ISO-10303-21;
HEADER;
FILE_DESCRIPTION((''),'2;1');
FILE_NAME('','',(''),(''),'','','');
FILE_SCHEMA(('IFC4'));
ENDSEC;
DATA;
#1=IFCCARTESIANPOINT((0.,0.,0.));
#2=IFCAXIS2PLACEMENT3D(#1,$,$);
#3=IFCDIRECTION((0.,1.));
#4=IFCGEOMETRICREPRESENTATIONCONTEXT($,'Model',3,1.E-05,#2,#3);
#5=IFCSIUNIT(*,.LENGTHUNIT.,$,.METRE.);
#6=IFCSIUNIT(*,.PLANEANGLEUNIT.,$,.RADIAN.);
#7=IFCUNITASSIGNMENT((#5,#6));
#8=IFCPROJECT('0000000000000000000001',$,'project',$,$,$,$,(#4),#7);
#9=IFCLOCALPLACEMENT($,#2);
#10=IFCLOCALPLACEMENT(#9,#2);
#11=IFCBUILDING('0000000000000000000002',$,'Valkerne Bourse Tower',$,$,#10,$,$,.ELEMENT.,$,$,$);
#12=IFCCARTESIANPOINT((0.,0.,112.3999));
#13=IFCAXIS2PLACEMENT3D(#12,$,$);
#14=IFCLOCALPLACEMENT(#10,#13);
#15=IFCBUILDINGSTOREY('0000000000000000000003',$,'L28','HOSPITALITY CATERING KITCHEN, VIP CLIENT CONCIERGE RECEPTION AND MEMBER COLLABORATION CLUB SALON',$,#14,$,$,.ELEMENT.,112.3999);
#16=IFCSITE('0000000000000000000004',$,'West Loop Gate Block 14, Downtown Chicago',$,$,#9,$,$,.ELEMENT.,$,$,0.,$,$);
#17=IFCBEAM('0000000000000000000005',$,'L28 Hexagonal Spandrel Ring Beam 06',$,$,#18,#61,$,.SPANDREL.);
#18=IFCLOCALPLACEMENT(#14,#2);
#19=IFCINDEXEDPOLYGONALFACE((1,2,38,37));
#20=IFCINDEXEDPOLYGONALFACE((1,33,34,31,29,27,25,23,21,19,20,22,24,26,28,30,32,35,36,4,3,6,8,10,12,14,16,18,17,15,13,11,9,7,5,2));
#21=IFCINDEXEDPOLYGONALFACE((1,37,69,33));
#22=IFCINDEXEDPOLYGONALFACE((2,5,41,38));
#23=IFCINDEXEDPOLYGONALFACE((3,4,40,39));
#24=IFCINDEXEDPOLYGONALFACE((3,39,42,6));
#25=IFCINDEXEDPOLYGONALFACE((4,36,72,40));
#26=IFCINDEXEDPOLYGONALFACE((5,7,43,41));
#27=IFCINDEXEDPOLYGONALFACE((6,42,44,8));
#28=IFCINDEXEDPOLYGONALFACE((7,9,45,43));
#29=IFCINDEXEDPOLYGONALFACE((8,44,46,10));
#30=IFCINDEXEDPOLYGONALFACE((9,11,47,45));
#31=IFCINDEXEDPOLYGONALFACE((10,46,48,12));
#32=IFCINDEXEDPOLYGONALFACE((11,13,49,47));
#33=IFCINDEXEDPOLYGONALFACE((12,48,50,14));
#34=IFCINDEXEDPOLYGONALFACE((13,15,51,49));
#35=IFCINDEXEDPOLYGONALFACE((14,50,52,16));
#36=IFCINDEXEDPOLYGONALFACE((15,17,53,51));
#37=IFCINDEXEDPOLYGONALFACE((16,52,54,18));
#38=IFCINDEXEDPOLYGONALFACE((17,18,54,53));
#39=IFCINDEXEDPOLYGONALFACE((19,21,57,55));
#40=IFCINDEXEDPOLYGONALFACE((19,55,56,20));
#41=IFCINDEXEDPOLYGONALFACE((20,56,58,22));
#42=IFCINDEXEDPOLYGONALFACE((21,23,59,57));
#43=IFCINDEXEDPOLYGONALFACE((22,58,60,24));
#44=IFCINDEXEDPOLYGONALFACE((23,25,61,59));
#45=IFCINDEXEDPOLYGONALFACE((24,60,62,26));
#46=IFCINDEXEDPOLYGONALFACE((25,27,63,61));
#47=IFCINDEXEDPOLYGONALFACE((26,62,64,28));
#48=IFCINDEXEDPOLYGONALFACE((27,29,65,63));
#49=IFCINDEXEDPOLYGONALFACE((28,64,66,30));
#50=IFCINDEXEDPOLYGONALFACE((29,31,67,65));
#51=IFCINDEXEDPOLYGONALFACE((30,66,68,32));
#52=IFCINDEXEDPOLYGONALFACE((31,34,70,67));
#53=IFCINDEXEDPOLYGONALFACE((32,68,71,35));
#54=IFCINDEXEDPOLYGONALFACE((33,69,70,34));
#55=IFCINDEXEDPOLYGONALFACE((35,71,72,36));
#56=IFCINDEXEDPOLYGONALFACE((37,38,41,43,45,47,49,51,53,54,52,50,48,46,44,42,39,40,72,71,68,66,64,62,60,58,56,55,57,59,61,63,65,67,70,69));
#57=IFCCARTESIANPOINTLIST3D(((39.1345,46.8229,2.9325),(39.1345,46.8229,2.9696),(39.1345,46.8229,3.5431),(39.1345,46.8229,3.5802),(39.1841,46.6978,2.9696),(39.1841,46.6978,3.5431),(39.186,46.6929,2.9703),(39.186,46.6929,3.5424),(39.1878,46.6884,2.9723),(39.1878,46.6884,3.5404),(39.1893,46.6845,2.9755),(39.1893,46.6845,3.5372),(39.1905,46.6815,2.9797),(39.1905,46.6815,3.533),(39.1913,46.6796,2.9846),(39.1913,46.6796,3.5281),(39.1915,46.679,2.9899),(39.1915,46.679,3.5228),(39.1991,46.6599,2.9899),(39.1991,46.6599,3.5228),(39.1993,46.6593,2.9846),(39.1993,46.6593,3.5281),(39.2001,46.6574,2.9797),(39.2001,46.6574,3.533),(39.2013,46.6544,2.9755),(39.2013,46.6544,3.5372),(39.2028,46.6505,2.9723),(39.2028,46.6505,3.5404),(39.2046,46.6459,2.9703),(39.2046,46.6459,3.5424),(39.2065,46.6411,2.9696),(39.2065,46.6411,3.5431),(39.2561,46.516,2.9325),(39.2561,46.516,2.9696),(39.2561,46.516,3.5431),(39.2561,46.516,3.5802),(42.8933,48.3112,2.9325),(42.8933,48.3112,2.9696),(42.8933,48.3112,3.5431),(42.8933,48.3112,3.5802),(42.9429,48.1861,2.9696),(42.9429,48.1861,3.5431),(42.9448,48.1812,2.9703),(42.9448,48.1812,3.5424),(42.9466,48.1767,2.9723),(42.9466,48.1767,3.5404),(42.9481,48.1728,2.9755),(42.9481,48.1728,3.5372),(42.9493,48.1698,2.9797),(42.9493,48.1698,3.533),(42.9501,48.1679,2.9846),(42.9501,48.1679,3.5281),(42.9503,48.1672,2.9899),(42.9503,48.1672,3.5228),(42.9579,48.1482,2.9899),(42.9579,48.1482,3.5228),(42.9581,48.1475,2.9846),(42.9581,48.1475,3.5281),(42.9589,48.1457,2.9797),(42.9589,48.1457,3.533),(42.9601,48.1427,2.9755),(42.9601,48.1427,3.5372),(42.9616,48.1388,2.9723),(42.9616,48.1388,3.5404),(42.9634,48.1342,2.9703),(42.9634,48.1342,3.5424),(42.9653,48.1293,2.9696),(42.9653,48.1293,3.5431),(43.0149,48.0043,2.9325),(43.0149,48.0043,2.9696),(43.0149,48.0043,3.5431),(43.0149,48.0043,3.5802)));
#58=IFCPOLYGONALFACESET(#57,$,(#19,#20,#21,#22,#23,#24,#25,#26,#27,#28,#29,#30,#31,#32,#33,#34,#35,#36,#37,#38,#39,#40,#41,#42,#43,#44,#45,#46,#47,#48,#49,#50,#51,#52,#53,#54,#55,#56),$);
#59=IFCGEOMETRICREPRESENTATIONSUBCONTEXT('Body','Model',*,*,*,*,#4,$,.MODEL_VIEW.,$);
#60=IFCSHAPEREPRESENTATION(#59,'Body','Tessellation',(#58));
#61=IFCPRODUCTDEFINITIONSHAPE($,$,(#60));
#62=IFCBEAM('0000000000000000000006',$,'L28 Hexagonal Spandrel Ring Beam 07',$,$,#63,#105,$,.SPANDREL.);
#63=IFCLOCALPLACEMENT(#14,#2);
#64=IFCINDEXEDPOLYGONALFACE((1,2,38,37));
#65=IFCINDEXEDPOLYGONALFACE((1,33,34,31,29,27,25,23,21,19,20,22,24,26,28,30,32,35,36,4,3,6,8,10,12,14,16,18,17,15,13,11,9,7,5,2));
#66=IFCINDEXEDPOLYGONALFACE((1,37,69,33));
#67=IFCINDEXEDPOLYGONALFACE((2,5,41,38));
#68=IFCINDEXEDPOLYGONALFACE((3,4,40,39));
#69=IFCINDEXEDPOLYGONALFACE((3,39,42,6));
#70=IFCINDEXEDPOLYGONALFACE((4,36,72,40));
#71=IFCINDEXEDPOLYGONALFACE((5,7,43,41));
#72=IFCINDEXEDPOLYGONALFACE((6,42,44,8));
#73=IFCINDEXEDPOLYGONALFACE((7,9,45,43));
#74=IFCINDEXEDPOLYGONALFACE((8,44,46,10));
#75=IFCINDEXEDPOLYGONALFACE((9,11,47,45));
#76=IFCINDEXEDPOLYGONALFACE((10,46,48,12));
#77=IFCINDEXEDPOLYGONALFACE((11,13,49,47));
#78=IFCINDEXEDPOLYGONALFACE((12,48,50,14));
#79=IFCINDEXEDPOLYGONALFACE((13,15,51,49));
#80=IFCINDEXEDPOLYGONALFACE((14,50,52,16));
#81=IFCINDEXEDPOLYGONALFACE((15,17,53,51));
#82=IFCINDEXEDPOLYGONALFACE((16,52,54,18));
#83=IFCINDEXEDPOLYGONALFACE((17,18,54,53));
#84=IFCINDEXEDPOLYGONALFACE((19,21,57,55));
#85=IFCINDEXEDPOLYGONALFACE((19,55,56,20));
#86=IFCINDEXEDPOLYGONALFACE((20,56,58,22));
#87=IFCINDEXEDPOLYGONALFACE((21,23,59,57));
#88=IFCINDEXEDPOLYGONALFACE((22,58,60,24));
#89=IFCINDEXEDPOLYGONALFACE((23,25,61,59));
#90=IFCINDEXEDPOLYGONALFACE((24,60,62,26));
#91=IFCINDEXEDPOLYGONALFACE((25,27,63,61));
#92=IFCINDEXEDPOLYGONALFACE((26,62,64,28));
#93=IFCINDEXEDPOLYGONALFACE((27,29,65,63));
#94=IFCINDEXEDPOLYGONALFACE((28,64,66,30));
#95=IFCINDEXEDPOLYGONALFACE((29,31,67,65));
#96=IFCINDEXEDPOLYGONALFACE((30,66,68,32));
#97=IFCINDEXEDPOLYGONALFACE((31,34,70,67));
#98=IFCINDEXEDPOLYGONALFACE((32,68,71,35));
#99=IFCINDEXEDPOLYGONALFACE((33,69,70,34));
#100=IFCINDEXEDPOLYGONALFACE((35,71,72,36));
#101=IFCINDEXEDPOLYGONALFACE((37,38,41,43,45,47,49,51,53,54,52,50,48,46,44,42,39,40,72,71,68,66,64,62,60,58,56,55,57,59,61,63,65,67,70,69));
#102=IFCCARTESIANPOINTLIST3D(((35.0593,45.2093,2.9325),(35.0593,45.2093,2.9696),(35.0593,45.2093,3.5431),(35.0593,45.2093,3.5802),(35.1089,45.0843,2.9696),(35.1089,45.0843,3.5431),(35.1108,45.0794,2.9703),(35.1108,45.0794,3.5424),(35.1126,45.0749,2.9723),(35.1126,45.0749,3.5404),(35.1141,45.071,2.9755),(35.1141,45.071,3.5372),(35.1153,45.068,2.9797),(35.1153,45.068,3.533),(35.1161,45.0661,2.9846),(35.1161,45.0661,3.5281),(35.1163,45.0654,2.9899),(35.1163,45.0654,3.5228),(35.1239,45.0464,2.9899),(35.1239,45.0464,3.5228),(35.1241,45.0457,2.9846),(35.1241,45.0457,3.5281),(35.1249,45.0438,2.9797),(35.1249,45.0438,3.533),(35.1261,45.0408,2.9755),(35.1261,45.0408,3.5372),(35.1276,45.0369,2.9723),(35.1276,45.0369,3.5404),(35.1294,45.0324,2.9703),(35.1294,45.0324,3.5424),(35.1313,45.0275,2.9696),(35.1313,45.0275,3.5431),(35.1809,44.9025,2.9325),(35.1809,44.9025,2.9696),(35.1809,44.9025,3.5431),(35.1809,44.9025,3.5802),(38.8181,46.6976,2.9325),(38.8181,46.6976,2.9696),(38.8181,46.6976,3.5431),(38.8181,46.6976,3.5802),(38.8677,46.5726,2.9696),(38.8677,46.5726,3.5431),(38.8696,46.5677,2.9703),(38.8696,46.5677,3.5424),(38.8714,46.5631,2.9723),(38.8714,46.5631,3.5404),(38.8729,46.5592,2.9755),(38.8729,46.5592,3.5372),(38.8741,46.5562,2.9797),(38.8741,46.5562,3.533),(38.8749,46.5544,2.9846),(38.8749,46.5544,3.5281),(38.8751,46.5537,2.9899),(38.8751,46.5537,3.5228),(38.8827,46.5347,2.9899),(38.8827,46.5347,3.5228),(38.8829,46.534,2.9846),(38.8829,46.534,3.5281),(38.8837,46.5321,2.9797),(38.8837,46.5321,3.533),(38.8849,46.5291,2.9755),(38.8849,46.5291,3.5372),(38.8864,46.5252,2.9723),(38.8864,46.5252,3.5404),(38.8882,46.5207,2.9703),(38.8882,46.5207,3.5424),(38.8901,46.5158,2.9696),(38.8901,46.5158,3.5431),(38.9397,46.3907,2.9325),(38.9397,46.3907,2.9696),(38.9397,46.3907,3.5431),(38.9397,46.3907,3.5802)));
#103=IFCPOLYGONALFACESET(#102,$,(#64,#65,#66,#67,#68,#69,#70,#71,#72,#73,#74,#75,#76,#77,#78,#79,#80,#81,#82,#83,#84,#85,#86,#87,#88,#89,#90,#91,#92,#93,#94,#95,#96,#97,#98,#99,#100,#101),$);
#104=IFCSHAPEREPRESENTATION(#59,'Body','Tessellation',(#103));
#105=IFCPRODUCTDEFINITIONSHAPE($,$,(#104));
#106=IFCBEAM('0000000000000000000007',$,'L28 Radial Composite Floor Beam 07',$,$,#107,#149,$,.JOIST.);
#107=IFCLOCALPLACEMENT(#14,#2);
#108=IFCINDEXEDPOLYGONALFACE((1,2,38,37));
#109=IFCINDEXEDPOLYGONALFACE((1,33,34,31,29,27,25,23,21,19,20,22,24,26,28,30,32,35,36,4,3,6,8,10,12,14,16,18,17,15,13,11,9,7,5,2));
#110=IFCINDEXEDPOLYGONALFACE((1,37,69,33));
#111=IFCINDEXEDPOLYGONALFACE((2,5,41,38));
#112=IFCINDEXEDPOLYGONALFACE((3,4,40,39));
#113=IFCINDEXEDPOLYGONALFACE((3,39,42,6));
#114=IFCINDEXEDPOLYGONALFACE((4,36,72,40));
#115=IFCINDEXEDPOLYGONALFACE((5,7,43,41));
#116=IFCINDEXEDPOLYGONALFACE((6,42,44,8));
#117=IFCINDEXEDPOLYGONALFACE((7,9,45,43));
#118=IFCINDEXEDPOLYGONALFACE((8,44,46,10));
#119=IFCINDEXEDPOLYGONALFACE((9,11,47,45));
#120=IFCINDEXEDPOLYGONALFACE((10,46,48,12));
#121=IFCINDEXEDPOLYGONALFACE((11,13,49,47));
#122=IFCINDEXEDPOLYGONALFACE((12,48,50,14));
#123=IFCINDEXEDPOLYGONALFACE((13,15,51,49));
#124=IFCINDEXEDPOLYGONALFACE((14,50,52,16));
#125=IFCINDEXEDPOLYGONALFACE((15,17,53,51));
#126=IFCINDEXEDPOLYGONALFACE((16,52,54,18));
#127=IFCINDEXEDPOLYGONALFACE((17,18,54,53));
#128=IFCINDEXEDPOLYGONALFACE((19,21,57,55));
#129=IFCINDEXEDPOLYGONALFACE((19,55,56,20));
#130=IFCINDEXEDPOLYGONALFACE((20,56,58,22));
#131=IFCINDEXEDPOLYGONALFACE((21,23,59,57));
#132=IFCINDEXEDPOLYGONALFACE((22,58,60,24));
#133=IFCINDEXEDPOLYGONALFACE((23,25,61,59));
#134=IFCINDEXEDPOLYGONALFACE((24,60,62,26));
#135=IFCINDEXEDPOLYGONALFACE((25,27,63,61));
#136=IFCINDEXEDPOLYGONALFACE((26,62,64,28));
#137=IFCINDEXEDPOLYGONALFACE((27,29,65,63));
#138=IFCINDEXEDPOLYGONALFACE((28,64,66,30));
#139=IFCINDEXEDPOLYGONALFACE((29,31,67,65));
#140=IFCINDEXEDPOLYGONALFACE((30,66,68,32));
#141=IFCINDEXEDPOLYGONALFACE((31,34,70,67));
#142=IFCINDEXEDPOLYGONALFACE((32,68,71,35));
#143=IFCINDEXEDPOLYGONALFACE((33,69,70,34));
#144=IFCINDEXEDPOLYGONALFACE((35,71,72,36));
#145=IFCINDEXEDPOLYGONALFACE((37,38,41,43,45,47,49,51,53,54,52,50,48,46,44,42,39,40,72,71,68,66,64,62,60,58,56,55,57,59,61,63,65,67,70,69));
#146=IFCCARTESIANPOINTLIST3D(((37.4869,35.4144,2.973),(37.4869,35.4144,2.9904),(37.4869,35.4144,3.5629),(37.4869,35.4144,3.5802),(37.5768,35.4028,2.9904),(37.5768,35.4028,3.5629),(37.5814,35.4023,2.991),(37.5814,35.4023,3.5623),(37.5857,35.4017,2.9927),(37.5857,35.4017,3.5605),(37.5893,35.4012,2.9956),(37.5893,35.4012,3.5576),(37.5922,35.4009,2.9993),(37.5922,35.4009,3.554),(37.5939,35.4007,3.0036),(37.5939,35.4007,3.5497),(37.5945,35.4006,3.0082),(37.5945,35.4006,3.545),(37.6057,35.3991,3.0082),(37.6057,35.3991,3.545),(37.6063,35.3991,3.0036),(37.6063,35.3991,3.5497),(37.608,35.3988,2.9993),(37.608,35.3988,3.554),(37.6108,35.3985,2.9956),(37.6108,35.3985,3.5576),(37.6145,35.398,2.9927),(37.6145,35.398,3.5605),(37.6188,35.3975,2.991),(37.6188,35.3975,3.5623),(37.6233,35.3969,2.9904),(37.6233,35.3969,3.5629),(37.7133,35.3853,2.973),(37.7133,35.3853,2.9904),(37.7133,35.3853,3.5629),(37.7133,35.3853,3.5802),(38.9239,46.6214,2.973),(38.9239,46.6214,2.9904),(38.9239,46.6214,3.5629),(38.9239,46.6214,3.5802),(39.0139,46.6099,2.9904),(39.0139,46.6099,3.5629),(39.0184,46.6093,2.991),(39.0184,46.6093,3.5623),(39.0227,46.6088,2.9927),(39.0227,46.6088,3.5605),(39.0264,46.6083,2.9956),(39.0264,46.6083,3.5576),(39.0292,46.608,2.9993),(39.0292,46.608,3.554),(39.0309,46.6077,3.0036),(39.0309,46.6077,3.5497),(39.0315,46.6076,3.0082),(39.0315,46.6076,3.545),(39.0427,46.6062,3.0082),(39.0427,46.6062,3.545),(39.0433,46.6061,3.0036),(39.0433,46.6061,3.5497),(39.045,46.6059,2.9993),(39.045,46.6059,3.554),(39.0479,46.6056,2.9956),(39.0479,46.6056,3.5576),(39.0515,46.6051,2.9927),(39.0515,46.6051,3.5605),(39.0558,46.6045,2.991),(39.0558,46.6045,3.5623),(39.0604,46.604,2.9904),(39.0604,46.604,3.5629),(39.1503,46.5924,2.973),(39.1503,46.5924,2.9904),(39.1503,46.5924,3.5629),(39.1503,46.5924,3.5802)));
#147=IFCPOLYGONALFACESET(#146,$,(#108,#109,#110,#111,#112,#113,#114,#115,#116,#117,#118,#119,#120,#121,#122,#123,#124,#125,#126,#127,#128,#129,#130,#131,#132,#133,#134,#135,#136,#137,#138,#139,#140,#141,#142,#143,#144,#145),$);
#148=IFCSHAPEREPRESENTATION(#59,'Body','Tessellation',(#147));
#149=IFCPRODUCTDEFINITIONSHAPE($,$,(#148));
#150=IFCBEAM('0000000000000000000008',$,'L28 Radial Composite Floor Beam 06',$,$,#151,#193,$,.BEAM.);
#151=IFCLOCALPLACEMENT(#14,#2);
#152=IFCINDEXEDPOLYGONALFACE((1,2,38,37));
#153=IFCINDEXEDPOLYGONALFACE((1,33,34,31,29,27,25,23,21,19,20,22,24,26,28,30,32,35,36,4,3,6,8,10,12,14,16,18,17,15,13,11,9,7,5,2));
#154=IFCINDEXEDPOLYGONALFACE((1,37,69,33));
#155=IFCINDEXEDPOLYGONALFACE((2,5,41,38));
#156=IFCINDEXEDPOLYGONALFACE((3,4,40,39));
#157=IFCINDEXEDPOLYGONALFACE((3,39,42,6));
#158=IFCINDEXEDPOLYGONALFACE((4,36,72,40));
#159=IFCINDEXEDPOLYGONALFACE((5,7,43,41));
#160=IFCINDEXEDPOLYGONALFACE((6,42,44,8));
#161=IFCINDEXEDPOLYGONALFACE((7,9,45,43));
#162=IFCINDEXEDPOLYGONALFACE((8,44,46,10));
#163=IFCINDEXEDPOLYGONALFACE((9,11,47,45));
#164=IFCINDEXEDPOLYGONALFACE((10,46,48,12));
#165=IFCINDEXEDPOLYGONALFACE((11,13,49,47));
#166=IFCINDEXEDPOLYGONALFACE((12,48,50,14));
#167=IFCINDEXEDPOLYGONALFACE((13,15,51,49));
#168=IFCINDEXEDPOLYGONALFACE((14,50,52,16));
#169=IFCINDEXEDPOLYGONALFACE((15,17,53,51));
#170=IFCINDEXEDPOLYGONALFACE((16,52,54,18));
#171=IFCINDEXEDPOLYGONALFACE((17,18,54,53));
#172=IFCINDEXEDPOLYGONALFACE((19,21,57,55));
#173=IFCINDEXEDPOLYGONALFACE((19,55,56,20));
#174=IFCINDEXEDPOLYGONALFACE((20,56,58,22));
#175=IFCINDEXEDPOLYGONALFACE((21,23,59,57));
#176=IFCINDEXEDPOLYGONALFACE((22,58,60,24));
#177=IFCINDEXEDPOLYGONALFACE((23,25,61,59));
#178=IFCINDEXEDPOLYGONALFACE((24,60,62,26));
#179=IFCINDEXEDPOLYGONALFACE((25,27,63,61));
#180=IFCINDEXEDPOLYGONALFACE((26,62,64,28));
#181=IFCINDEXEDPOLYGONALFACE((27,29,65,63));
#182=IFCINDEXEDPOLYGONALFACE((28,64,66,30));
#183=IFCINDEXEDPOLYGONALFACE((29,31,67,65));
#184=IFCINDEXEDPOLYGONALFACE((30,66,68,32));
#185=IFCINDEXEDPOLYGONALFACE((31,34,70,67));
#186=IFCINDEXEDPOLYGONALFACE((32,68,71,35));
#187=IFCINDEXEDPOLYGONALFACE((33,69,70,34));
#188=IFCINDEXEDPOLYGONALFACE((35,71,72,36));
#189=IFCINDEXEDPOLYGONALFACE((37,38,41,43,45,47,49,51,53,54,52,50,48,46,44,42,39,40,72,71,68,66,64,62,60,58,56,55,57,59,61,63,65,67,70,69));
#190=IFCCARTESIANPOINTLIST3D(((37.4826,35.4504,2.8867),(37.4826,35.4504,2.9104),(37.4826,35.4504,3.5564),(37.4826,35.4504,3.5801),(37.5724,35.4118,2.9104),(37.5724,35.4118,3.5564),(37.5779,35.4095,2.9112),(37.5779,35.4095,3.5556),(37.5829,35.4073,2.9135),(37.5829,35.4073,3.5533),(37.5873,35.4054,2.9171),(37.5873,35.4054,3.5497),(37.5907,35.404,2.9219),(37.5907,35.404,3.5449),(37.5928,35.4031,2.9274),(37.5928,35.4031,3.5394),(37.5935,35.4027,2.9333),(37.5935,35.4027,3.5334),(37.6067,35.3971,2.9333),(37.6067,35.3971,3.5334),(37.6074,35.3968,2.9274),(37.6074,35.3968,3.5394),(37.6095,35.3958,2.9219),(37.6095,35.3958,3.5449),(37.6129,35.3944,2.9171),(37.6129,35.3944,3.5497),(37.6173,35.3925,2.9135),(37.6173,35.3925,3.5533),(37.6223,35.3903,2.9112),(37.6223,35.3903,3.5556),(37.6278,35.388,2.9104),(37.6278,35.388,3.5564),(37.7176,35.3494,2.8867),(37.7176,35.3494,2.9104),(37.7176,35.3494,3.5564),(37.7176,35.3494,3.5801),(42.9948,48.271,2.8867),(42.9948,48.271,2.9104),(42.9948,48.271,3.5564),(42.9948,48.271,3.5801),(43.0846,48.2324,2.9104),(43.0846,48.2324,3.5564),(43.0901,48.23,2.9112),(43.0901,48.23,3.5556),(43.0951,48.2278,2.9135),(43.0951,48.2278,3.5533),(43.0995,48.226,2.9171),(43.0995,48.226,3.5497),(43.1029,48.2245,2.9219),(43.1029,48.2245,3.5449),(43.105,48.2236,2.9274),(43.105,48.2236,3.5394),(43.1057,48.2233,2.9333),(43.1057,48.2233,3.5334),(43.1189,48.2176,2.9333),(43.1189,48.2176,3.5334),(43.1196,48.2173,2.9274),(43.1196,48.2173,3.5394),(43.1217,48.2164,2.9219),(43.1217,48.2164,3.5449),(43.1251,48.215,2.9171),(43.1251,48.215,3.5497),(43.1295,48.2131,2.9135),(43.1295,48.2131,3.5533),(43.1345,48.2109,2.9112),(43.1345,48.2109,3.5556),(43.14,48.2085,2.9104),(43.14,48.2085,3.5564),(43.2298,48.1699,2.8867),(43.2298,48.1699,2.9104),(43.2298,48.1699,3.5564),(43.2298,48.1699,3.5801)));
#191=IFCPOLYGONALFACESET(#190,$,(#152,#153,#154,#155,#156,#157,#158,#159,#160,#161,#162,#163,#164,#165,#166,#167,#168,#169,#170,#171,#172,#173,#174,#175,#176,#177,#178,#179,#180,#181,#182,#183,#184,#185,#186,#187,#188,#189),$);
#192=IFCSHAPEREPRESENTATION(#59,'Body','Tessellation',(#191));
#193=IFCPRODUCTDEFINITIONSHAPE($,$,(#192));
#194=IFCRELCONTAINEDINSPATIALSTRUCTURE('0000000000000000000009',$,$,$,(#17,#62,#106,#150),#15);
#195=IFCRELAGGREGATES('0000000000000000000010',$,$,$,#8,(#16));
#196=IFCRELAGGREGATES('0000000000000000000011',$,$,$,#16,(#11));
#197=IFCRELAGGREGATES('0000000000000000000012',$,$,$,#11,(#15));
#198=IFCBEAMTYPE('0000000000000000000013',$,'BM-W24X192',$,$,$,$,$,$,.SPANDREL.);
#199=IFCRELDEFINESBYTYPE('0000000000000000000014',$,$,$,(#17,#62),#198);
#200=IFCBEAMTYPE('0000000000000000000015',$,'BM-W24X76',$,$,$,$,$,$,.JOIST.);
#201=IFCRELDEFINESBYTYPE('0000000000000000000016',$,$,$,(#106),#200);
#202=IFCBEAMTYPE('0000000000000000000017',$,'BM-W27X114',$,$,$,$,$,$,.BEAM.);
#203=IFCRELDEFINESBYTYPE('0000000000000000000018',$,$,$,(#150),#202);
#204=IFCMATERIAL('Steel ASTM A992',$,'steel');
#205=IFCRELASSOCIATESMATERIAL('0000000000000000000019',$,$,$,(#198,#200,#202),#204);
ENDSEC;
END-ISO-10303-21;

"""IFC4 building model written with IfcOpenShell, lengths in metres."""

from ifc_helpers import new_model, si_unit, direction, frame, origin, origin_2d, place, context, subcontext, project, spatial, i_section, extrude, material, material_profile, profile_set, type_object, element, save


model = new_model("IFC4")

# Units and contexts
model_context = context("Model", 3, precision=1e-05, world=origin(), true_north=direction((0.0, 1.0)))
body_context = subcontext(model_context, "Body", "Model", "MODEL_VIEW")
ifc_project = project(units=[si_unit("LENGTHUNIT", "METRE"), si_unit("PLANEANGLEUNIT", "RADIAN")], contexts=[model_context])

# Site, building, storey
site_placement = place(None, origin())
site = spatial("IfcSite", under=ifc_project, at=site_placement, Name="West Loop Gate Block 14, Downtown Chicago", CompositionType="ELEMENT", RefElevation=0.0)
building_placement = place(site_placement, origin())
building = spatial("IfcBuilding", under=site, at=building_placement, Name="Valkerne Bourse Tower", CompositionType="ELEMENT")
storey_placement = place(building_placement, frame((0.0, 0.0, 112.3999)))
storey = spatial("IfcBuildingStorey", under=building, at=storey_placement, Name="L28", Description="HOSPITALITY CATERING KITCHEN, VIP CLIENT CONCIERGE RECEPTION AND MEMBER COLLABORATION CLUB SALON", CompositionType="ELEMENT", Elevation=112.3999)

# Beams
ifc_material_1 = material(Name="Steel ASTM A992", Category="steel")
ifc_material_profile_1 = material_profile(ifc_material_1, i_section(OverallWidth=0.3301, OverallDepth=0.6477, WebThickness=0.0205, FlangeThickness=0.0371, FilletRadius=0.0203, at=origin_2d()), Name="W24X192")
ifc_profile_set_1 = profile_set([ifc_material_profile_1], Name="Steel ASTM A992")
beam_type_1 = type_object("IfcBeamType", Name="BM-W24X192", PredefinedType="SPANDREL", material=ifc_profile_set_1)
for number, where, z_axis, x_axis, name in (
    (1, (42.9541, 48.1577, 3.2563), (-0.92977, -0.36814, 0.0), (0.36814, -0.92977, 0.0), "L28 Hexagonal Spandrel Ring Beam 06"),
    (2, (38.8789, 46.5442, 3.2563), (-0.92977, -0.36814, 0.0), (0.36814, -0.92977, 0.0), "L28 Hexagonal Spandrel Ring Beam 07"),
):
    element("IfcBeam", number, at=place(storey_placement, frame(where, z_axis=z_axis, x_axis=x_axis)), inside=storey, type_object=beam_type_1, Name=name, PredefinedType="SPANDREL", context=body_context, shape_type="SweptSolid", body=[
        extrude(i_section(OverallWidth=0.3301, OverallDepth=0.6477, WebThickness=0.0205, FlangeThickness=0.0371, FilletRadius=0.0203, at=origin_2d()), origin(), (0.0, 0.0, 1.0), 4.0427),
    ])
ifc_material_profile_2 = material_profile(ifc_material_1, i_section(OverallWidth=0.2283, OverallDepth=0.6072, WebThickness=0.0112, FlangeThickness=0.0173, FilletRadius=0.0178, at=origin_2d()), Name="W24X76")
ifc_profile_set_2 = profile_set([ifc_material_profile_2], Name="Steel ASTM A992")
beam_type_2 = type_object("IfcBeamType", Name="BM-W24X76", PredefinedType="JOIST", material=ifc_profile_set_2)
beam_1_placement = place(storey_placement, frame((39.0371, 46.6069, 3.2766), z_axis=(-0.127183, -0.991879, 0.0), x_axis=(0.991879, -0.127183, 0.0)))
element("IfcBeam", 3, at=beam_1_placement, inside=storey, type_object=beam_type_2, Name="L28 Radial Composite Floor Beam 07", PredefinedType="JOIST", context=body_context, shape_type="SweptSolid", body=[
    extrude(i_section(OverallWidth=0.2283, OverallDepth=0.6072, WebThickness=0.0112, FlangeThickness=0.0173, FilletRadius=0.0178, at=origin_2d()), origin(), (0.0, 0.0, 1.0), 11.2988),
])
ifc_material_profile_3 = material_profile(ifc_material_1, i_section(OverallWidth=0.2559, OverallDepth=0.6934, WebThickness=0.0144, FlangeThickness=0.0237, FilletRadius=0.0229, at=origin_2d()), Name="W27X114")
ifc_profile_set_3 = profile_set([ifc_material_profile_3], Name="Steel ASTM A992")
beam_type_3 = type_object("IfcBeamType", Name="BM-W27X114", PredefinedType="BEAM", material=ifc_profile_set_3)
beam_2_placement = place(storey_placement, frame((43.1123, 48.2205, 3.2334), z_axis=(-0.39499, -0.918686, 0.0), x_axis=(0.918686, -0.39499, 0.0)))
element("IfcBeam", 4, at=beam_2_placement, inside=storey, type_object=beam_type_3, Name="L28 Radial Composite Floor Beam 06", PredefinedType="BEAM", context=body_context, shape_type="SweptSolid", body=[
    extrude(i_section(OverallWidth=0.2559, OverallDepth=0.6934, WebThickness=0.0144, FlangeThickness=0.0237, FilletRadius=0.0229, at=origin_2d()), origin(), (0.0, 0.0, 1.0), 13.9553),
])

save(model, "model.ifc")
